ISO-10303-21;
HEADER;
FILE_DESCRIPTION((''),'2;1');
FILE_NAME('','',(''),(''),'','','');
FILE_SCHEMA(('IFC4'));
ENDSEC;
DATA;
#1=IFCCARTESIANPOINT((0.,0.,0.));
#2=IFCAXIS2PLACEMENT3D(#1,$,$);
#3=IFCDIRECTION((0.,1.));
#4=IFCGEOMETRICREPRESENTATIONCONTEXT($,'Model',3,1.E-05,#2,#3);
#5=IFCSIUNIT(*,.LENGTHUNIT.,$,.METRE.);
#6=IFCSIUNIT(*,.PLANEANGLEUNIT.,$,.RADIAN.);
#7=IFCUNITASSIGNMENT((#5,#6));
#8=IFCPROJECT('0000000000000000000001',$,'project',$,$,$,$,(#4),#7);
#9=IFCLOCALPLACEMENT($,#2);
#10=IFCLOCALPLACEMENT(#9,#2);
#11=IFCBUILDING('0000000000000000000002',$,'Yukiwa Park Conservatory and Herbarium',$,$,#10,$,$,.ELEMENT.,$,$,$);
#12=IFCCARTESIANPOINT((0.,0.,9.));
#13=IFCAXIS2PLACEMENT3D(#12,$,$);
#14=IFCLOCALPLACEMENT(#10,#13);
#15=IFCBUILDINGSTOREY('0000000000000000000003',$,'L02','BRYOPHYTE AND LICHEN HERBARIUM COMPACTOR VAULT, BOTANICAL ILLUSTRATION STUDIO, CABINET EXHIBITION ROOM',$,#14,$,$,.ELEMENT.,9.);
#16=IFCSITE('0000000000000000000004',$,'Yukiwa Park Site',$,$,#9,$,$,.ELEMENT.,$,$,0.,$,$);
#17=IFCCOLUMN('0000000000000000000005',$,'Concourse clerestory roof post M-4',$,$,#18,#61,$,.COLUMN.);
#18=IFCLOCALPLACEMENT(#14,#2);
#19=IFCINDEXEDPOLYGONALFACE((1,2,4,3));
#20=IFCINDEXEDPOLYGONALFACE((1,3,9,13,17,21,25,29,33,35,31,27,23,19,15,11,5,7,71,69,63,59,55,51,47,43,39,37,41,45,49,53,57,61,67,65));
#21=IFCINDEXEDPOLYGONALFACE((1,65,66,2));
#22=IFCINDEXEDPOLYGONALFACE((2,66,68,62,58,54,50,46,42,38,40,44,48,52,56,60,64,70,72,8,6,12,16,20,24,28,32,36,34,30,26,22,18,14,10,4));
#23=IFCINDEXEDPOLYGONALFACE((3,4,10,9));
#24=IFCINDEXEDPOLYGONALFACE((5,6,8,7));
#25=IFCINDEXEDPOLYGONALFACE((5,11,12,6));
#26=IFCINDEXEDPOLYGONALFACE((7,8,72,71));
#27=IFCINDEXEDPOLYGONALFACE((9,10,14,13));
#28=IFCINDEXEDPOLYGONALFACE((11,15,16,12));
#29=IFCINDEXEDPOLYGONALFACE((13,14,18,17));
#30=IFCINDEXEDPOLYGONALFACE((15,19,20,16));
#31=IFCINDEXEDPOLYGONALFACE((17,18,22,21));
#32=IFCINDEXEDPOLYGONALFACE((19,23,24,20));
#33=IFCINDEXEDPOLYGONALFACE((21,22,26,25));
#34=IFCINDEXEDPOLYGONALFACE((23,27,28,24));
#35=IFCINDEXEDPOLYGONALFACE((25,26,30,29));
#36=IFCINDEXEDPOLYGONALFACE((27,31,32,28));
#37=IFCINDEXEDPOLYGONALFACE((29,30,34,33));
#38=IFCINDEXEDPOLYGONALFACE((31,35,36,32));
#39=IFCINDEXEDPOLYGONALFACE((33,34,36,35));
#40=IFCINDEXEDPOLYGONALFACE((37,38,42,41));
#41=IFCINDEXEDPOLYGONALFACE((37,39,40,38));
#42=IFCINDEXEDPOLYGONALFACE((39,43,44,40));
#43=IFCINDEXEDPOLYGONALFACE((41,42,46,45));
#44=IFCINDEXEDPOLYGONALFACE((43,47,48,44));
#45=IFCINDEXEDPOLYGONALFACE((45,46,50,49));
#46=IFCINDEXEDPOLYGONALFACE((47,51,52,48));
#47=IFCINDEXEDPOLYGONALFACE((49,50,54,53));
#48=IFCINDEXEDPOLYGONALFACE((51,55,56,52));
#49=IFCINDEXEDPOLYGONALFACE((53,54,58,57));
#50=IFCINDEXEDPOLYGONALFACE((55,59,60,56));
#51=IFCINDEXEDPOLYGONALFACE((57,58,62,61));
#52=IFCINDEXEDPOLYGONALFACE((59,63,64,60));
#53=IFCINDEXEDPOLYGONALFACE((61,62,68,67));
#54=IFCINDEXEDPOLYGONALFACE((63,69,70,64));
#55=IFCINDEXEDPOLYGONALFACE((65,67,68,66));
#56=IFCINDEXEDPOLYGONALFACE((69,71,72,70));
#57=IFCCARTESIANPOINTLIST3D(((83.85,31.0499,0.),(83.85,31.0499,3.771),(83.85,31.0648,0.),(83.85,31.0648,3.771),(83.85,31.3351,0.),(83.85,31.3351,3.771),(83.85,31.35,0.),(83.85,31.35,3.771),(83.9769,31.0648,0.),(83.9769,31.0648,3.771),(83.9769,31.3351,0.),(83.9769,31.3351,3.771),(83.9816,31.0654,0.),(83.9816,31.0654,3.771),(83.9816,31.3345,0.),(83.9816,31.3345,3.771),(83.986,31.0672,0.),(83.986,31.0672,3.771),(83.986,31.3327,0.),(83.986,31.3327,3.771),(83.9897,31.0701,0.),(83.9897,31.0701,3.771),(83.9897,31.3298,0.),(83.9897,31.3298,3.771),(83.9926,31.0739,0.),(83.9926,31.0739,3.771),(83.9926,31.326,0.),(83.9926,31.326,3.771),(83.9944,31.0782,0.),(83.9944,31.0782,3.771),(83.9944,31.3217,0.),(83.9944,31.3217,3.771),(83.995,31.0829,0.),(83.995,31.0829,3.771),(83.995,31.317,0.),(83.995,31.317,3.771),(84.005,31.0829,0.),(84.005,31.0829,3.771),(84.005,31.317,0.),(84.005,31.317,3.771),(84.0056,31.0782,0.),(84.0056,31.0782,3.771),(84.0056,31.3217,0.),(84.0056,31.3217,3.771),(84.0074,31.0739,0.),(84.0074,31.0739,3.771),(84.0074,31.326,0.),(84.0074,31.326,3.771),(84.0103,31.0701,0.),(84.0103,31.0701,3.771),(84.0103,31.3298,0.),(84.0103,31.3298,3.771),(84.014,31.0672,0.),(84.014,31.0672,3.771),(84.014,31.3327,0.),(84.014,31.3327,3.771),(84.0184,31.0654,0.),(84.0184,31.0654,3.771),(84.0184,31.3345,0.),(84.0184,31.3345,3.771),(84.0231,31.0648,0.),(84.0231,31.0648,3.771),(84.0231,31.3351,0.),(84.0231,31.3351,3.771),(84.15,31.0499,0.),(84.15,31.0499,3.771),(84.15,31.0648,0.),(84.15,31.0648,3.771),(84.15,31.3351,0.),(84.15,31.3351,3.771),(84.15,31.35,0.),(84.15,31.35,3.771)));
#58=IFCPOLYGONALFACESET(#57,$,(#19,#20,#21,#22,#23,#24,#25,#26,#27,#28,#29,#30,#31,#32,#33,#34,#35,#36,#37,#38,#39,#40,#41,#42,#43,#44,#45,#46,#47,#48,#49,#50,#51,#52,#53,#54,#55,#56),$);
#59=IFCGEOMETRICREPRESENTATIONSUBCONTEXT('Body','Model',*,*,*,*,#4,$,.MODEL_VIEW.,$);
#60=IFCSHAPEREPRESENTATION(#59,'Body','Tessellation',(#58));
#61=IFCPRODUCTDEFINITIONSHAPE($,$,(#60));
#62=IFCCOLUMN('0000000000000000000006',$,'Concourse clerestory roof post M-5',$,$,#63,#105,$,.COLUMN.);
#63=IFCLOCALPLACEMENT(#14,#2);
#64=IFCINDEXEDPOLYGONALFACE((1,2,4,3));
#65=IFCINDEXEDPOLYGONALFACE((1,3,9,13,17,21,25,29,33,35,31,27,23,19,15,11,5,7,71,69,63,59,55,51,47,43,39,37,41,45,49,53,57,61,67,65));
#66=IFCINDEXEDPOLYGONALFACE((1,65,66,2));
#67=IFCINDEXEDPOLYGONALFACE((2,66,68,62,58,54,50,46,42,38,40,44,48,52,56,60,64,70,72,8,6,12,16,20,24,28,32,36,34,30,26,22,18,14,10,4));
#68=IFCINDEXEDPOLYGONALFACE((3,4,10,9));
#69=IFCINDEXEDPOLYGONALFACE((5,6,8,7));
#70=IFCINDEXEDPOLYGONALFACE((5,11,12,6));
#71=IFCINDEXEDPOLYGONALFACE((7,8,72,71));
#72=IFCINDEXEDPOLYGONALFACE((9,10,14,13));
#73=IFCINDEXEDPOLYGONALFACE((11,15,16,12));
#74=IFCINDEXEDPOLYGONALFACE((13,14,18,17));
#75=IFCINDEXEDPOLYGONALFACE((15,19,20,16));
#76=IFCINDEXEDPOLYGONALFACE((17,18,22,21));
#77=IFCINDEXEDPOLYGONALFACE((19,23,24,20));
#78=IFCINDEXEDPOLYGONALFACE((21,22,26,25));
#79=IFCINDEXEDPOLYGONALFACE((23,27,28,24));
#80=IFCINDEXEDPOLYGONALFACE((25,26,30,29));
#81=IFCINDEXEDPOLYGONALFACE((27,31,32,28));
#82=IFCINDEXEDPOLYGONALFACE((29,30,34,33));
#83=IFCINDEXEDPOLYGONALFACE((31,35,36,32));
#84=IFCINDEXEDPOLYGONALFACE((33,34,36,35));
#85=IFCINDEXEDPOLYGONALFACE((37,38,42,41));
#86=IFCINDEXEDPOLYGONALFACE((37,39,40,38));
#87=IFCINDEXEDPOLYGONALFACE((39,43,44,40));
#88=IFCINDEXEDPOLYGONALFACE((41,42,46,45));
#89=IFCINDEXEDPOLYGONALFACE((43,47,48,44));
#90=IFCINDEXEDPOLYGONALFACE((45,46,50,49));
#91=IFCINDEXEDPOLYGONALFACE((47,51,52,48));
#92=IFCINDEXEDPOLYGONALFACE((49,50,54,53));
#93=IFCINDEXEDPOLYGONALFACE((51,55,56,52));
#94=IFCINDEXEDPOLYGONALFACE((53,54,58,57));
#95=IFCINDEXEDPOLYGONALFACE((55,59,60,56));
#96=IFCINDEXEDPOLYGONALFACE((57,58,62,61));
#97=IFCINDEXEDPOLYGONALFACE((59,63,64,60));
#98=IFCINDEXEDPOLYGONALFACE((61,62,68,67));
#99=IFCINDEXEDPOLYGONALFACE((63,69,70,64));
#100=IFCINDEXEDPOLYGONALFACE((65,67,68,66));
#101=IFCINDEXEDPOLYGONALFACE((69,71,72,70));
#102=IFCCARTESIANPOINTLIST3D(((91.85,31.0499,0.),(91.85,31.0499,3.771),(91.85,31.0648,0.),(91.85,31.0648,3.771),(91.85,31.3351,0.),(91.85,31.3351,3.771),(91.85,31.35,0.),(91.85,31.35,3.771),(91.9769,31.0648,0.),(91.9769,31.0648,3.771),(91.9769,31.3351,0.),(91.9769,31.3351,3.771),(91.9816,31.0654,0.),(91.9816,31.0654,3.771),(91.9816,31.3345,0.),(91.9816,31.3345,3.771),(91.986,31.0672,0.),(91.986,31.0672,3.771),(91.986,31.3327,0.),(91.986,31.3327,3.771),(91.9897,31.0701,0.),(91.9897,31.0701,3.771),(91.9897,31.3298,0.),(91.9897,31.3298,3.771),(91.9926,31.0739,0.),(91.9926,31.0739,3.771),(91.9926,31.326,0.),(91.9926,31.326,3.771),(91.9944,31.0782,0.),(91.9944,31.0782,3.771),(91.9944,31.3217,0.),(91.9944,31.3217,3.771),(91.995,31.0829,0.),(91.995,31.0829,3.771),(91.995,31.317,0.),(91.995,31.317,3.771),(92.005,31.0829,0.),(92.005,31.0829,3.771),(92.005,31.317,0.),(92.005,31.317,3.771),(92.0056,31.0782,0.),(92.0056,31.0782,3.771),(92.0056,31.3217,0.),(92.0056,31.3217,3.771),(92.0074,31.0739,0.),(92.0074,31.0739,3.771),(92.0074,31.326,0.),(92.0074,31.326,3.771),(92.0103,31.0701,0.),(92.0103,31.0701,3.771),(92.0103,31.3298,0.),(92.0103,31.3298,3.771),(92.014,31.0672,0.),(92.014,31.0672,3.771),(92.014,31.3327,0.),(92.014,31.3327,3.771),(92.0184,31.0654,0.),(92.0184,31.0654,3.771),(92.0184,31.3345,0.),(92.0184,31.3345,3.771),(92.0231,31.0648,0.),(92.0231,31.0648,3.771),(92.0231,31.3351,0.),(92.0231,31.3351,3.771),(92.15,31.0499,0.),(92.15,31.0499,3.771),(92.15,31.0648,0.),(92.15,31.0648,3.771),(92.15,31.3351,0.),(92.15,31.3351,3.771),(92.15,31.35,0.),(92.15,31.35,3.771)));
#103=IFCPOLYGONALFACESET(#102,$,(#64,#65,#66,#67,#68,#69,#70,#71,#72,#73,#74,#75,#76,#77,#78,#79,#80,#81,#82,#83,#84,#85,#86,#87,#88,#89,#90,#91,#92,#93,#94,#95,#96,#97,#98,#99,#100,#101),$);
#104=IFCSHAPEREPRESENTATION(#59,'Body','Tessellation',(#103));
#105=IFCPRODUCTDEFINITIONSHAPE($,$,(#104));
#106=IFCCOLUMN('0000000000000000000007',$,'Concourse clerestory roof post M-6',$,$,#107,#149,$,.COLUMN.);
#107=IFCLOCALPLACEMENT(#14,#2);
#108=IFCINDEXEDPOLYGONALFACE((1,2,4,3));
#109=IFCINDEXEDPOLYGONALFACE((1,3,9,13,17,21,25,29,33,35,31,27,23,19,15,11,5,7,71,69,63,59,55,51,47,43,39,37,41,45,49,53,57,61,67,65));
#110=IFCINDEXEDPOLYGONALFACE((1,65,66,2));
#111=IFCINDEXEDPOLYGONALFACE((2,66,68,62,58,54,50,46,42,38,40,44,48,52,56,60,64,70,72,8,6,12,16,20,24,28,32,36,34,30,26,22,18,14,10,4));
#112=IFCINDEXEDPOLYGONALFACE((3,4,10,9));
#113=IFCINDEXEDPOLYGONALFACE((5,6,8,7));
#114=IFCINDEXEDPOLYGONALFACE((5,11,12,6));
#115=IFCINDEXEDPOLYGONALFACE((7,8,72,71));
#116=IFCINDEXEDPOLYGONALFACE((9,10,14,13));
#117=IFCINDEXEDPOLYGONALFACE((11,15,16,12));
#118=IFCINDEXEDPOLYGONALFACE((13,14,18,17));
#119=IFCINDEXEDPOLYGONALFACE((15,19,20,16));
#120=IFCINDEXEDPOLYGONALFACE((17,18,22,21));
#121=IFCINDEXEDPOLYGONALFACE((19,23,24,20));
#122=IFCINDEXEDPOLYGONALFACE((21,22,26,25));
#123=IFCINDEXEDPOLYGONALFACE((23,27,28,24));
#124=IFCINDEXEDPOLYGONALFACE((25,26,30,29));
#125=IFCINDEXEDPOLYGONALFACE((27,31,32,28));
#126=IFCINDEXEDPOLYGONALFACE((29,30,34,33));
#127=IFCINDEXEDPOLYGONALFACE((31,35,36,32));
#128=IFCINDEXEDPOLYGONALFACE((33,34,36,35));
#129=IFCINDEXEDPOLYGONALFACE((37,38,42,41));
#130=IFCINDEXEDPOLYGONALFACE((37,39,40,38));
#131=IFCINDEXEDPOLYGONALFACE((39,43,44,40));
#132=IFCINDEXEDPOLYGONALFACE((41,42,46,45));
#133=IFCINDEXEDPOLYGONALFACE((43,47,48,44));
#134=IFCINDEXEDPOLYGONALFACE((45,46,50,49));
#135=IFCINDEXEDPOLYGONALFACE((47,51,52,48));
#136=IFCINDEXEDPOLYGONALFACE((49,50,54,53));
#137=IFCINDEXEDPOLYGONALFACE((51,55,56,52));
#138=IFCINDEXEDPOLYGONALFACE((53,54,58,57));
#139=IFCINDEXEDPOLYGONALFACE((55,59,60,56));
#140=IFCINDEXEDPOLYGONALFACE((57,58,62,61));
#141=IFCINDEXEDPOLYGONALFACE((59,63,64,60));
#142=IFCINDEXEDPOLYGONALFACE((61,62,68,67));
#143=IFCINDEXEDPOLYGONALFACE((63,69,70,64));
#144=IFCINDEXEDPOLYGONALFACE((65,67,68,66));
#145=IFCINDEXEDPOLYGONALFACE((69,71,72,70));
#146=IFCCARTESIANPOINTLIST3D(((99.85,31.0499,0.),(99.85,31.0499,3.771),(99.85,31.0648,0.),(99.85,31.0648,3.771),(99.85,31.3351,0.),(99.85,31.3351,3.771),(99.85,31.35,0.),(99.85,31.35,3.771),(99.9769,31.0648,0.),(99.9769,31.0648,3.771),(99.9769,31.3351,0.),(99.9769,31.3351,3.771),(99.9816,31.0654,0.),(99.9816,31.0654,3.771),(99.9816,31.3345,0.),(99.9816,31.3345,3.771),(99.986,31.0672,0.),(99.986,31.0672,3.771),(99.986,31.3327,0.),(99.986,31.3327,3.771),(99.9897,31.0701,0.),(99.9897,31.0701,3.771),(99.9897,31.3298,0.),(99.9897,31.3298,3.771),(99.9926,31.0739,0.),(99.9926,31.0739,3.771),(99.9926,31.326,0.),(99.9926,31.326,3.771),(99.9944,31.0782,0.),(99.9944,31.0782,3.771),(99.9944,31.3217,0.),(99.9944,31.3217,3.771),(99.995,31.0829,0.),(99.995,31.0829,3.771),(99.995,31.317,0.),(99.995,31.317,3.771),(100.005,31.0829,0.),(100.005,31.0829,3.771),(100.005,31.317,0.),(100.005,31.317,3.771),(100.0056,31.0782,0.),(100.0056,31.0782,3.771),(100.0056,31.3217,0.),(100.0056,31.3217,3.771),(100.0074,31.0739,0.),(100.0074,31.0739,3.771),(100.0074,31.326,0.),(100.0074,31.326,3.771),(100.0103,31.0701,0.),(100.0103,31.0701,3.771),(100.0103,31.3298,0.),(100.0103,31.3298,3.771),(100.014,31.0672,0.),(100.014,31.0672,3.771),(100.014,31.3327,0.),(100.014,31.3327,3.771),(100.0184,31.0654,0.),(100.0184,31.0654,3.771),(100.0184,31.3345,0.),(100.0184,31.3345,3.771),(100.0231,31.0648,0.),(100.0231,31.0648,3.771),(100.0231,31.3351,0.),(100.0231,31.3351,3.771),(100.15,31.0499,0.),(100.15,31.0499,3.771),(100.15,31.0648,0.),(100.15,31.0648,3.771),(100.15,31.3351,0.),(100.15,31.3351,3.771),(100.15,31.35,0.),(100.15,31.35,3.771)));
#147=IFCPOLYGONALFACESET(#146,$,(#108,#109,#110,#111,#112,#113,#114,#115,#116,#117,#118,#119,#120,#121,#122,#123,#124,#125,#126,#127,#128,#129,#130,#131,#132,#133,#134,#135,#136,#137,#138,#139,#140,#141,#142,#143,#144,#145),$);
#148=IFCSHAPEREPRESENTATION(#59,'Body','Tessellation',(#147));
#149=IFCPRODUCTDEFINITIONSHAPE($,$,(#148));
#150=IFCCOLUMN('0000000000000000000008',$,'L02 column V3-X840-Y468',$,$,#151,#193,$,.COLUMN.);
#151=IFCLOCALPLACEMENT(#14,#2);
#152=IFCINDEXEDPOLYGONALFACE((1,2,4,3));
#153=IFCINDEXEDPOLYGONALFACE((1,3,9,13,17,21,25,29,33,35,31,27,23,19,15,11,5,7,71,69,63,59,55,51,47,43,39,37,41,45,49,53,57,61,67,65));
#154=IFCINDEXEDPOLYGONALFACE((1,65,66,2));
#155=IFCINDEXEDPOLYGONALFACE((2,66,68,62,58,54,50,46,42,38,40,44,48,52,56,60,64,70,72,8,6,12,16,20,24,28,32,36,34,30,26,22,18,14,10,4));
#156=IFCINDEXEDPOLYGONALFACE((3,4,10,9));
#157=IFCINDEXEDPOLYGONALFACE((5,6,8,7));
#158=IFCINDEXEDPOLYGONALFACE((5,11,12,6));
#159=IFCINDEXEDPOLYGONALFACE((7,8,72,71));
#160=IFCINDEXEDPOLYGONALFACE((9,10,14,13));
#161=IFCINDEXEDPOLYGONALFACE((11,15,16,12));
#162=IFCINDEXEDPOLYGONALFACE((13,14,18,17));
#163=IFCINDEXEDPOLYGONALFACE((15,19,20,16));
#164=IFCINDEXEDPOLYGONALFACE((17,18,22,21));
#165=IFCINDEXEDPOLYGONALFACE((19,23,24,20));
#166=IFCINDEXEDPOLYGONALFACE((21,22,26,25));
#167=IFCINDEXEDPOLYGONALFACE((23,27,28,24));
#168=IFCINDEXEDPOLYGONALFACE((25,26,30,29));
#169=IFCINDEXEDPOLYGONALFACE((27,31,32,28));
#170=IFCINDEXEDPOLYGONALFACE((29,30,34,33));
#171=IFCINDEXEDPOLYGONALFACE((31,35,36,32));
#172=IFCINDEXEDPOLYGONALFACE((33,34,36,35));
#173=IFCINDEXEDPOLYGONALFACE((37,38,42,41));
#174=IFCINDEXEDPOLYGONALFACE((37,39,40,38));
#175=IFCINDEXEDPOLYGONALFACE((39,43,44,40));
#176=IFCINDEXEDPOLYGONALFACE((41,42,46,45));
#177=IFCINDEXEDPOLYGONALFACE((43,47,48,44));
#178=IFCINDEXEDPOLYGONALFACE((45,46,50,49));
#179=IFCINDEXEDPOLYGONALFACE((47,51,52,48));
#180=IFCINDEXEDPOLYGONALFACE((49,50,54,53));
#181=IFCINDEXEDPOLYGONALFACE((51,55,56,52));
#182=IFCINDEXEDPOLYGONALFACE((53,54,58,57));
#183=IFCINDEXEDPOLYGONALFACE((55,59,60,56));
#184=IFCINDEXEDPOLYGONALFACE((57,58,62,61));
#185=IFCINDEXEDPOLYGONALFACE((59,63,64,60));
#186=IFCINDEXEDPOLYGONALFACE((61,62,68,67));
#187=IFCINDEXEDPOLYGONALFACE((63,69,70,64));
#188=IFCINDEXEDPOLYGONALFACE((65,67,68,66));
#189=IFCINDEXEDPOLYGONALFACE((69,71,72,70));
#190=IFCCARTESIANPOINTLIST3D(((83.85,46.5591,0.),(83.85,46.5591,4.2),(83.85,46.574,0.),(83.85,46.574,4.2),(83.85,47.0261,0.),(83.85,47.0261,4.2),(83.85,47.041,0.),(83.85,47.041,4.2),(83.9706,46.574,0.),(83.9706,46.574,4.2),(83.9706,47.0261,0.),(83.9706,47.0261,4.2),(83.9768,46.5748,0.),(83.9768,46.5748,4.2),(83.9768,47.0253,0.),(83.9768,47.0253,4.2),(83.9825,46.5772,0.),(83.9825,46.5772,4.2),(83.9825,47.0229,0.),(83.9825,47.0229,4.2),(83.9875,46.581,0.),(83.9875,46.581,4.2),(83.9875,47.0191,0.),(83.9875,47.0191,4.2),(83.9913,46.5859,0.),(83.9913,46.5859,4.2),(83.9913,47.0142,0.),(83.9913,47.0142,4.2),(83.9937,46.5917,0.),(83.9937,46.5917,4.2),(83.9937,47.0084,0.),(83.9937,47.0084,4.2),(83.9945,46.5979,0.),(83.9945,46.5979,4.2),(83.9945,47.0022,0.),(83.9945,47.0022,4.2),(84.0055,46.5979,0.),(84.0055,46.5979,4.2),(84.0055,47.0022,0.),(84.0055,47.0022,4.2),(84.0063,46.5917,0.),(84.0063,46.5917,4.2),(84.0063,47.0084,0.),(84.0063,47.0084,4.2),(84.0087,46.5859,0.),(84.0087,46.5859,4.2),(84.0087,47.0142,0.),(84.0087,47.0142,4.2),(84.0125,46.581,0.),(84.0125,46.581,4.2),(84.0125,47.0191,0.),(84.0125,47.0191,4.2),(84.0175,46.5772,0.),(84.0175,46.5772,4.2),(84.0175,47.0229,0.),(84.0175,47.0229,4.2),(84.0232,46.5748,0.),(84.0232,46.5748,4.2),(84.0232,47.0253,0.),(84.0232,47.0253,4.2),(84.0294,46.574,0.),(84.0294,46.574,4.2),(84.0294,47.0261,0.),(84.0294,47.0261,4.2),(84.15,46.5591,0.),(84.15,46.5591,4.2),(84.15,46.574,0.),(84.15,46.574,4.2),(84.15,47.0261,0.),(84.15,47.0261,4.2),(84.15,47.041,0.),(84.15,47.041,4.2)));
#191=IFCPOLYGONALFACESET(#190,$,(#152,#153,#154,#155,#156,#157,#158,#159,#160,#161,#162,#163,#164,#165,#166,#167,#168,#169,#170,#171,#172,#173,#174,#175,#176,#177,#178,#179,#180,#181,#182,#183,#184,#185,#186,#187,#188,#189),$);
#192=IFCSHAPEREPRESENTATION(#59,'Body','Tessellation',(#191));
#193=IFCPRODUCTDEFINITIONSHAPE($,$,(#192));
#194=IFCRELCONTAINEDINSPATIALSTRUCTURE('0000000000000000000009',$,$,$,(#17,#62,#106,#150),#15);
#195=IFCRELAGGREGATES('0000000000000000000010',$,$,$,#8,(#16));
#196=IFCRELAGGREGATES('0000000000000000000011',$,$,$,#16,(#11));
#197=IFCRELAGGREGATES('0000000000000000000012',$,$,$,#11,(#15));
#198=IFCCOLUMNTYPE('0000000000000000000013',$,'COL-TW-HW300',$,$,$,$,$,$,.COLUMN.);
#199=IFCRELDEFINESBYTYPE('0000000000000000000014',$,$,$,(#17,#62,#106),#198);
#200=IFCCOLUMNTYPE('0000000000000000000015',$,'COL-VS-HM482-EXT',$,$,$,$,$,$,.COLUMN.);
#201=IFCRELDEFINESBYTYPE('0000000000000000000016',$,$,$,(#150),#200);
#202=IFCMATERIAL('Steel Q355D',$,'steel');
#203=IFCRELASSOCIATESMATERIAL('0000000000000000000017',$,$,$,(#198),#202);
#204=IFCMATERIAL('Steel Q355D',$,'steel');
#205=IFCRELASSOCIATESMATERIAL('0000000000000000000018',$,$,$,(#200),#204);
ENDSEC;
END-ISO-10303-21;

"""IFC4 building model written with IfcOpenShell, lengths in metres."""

from ifc_helpers import new_model, si_unit, direction, frame, origin, origin_2d, place, context, subcontext, project, spatial, i_section, extrude, material, material_profile, profile_set, type_object, element, save


model = new_model("IFC4")

# Units and contexts
model_context = context("Model", 3, precision=1e-05, world=origin(), true_north=direction((0.0, 1.0)))
body_context = subcontext(model_context, "Body", "Model", "MODEL_VIEW")
ifc_project = project(units=[si_unit("LENGTHUNIT", "METRE"), si_unit("PLANEANGLEUNIT", "RADIAN")], contexts=[model_context])

# Site, building, storey
site_placement = place(None, origin())
site = spatial("IfcSite", under=ifc_project, at=site_placement, Name="Yukiwa Park Site", CompositionType="ELEMENT", RefElevation=0.0)
building_placement = place(site_placement, origin())
building = spatial("IfcBuilding", under=site, at=building_placement, Name="Yukiwa Park Conservatory and Herbarium", CompositionType="ELEMENT")
storey_placement = place(building_placement, frame((0.0, 0.0, 9.0)))
storey = spatial("IfcBuildingStorey", under=building, at=storey_placement, Name="L02", Description="BRYOPHYTE AND LICHEN HERBARIUM COMPACTOR VAULT, BOTANICAL ILLUSTRATION STUDIO, CABINET EXHIBITION ROOM", CompositionType="ELEMENT", Elevation=9.0)

# Columns
ifc_material_1 = material(Name="Steel Q355D", Category="steel")
ifc_material_profile_1 = material_profile(ifc_material_1, i_section(OverallWidth=0.3, OverallDepth=0.3, WebThickness=0.01, FlangeThickness=0.0149, FilletRadius=0.0181, at=origin_2d()), Name="HW 300x300x10x15")
ifc_profile_set_1 = profile_set([ifc_material_profile_1], Name="Steel Q355D")
column_type_1 = type_object("IfcColumnType", Name="COL-TW-HW300", PredefinedType="COLUMN", material=ifc_profile_set_1)
for number, where, z_axis, x_axis, name in (
    (1, (84.0, 31.2, 0.0), (0.0, 0.0, 1.0), (1.0, 0.0, 0.0), "Concourse clerestory roof post M-4"),
    (2, (92.0, 31.2, 0.0), (0.0, 0.0, 1.0), (1.0, 0.0, 0.0), "Concourse clerestory roof post M-5"),
    (3, (100.0, 31.2, 0.0), (0.0, 0.0, 1.0), (1.0, 0.0, 0.0), "Concourse clerestory roof post M-6"),
):
    element("IfcColumn", number, at=place(storey_placement, frame(where, z_axis=z_axis, x_axis=x_axis)), inside=storey, type_object=column_type_1, Name=name, PredefinedType="COLUMN", context=body_context, shape_type="SweptSolid", body=[
        extrude(i_section(OverallWidth=0.3, OverallDepth=0.3, WebThickness=0.01, FlangeThickness=0.0149, FilletRadius=0.0181, at=origin_2d()), origin(), (0.0, 0.0, 1.0), 3.771),
    ])
ifc_material_2 = material(Name="Steel Q355D", Category="steel")
ifc_material_profile_2 = material_profile(ifc_material_2, i_section(OverallWidth=0.3, OverallDepth=0.4819, WebThickness=0.011, FlangeThickness=0.0149, FilletRadius=0.0239, at=origin_2d()), Name="HM 482x300x11x15")
ifc_profile_set_2 = profile_set([ifc_material_profile_2], Name="Steel Q355D")
column_type_2 = type_object("IfcColumnType", Name="COL-VS-HM482-EXT", PredefinedType="COLUMN", material=ifc_profile_set_2)
for number, where, z_axis, x_axis, name in (
    (4, (84.0, 46.8, 0.0), (0.0, 0.0, 1.0), (1.0, 0.0, 0.0), "L02 column V3-X840-Y468"),
):
    element("IfcColumn", number, at=place(storey_placement, frame(where, z_axis=z_axis, x_axis=x_axis)), inside=storey, type_object=column_type_2, Name=name, PredefinedType="COLUMN", context=body_context, shape_type="SweptSolid", body=[
        extrude(i_section(OverallWidth=0.3, OverallDepth=0.4819, WebThickness=0.011, FlangeThickness=0.0149, FilletRadius=0.0239, at=origin_2d()), origin(), (0.0, 0.0, 1.0), 4.2),
    ])

save(model, "model.ifc")
